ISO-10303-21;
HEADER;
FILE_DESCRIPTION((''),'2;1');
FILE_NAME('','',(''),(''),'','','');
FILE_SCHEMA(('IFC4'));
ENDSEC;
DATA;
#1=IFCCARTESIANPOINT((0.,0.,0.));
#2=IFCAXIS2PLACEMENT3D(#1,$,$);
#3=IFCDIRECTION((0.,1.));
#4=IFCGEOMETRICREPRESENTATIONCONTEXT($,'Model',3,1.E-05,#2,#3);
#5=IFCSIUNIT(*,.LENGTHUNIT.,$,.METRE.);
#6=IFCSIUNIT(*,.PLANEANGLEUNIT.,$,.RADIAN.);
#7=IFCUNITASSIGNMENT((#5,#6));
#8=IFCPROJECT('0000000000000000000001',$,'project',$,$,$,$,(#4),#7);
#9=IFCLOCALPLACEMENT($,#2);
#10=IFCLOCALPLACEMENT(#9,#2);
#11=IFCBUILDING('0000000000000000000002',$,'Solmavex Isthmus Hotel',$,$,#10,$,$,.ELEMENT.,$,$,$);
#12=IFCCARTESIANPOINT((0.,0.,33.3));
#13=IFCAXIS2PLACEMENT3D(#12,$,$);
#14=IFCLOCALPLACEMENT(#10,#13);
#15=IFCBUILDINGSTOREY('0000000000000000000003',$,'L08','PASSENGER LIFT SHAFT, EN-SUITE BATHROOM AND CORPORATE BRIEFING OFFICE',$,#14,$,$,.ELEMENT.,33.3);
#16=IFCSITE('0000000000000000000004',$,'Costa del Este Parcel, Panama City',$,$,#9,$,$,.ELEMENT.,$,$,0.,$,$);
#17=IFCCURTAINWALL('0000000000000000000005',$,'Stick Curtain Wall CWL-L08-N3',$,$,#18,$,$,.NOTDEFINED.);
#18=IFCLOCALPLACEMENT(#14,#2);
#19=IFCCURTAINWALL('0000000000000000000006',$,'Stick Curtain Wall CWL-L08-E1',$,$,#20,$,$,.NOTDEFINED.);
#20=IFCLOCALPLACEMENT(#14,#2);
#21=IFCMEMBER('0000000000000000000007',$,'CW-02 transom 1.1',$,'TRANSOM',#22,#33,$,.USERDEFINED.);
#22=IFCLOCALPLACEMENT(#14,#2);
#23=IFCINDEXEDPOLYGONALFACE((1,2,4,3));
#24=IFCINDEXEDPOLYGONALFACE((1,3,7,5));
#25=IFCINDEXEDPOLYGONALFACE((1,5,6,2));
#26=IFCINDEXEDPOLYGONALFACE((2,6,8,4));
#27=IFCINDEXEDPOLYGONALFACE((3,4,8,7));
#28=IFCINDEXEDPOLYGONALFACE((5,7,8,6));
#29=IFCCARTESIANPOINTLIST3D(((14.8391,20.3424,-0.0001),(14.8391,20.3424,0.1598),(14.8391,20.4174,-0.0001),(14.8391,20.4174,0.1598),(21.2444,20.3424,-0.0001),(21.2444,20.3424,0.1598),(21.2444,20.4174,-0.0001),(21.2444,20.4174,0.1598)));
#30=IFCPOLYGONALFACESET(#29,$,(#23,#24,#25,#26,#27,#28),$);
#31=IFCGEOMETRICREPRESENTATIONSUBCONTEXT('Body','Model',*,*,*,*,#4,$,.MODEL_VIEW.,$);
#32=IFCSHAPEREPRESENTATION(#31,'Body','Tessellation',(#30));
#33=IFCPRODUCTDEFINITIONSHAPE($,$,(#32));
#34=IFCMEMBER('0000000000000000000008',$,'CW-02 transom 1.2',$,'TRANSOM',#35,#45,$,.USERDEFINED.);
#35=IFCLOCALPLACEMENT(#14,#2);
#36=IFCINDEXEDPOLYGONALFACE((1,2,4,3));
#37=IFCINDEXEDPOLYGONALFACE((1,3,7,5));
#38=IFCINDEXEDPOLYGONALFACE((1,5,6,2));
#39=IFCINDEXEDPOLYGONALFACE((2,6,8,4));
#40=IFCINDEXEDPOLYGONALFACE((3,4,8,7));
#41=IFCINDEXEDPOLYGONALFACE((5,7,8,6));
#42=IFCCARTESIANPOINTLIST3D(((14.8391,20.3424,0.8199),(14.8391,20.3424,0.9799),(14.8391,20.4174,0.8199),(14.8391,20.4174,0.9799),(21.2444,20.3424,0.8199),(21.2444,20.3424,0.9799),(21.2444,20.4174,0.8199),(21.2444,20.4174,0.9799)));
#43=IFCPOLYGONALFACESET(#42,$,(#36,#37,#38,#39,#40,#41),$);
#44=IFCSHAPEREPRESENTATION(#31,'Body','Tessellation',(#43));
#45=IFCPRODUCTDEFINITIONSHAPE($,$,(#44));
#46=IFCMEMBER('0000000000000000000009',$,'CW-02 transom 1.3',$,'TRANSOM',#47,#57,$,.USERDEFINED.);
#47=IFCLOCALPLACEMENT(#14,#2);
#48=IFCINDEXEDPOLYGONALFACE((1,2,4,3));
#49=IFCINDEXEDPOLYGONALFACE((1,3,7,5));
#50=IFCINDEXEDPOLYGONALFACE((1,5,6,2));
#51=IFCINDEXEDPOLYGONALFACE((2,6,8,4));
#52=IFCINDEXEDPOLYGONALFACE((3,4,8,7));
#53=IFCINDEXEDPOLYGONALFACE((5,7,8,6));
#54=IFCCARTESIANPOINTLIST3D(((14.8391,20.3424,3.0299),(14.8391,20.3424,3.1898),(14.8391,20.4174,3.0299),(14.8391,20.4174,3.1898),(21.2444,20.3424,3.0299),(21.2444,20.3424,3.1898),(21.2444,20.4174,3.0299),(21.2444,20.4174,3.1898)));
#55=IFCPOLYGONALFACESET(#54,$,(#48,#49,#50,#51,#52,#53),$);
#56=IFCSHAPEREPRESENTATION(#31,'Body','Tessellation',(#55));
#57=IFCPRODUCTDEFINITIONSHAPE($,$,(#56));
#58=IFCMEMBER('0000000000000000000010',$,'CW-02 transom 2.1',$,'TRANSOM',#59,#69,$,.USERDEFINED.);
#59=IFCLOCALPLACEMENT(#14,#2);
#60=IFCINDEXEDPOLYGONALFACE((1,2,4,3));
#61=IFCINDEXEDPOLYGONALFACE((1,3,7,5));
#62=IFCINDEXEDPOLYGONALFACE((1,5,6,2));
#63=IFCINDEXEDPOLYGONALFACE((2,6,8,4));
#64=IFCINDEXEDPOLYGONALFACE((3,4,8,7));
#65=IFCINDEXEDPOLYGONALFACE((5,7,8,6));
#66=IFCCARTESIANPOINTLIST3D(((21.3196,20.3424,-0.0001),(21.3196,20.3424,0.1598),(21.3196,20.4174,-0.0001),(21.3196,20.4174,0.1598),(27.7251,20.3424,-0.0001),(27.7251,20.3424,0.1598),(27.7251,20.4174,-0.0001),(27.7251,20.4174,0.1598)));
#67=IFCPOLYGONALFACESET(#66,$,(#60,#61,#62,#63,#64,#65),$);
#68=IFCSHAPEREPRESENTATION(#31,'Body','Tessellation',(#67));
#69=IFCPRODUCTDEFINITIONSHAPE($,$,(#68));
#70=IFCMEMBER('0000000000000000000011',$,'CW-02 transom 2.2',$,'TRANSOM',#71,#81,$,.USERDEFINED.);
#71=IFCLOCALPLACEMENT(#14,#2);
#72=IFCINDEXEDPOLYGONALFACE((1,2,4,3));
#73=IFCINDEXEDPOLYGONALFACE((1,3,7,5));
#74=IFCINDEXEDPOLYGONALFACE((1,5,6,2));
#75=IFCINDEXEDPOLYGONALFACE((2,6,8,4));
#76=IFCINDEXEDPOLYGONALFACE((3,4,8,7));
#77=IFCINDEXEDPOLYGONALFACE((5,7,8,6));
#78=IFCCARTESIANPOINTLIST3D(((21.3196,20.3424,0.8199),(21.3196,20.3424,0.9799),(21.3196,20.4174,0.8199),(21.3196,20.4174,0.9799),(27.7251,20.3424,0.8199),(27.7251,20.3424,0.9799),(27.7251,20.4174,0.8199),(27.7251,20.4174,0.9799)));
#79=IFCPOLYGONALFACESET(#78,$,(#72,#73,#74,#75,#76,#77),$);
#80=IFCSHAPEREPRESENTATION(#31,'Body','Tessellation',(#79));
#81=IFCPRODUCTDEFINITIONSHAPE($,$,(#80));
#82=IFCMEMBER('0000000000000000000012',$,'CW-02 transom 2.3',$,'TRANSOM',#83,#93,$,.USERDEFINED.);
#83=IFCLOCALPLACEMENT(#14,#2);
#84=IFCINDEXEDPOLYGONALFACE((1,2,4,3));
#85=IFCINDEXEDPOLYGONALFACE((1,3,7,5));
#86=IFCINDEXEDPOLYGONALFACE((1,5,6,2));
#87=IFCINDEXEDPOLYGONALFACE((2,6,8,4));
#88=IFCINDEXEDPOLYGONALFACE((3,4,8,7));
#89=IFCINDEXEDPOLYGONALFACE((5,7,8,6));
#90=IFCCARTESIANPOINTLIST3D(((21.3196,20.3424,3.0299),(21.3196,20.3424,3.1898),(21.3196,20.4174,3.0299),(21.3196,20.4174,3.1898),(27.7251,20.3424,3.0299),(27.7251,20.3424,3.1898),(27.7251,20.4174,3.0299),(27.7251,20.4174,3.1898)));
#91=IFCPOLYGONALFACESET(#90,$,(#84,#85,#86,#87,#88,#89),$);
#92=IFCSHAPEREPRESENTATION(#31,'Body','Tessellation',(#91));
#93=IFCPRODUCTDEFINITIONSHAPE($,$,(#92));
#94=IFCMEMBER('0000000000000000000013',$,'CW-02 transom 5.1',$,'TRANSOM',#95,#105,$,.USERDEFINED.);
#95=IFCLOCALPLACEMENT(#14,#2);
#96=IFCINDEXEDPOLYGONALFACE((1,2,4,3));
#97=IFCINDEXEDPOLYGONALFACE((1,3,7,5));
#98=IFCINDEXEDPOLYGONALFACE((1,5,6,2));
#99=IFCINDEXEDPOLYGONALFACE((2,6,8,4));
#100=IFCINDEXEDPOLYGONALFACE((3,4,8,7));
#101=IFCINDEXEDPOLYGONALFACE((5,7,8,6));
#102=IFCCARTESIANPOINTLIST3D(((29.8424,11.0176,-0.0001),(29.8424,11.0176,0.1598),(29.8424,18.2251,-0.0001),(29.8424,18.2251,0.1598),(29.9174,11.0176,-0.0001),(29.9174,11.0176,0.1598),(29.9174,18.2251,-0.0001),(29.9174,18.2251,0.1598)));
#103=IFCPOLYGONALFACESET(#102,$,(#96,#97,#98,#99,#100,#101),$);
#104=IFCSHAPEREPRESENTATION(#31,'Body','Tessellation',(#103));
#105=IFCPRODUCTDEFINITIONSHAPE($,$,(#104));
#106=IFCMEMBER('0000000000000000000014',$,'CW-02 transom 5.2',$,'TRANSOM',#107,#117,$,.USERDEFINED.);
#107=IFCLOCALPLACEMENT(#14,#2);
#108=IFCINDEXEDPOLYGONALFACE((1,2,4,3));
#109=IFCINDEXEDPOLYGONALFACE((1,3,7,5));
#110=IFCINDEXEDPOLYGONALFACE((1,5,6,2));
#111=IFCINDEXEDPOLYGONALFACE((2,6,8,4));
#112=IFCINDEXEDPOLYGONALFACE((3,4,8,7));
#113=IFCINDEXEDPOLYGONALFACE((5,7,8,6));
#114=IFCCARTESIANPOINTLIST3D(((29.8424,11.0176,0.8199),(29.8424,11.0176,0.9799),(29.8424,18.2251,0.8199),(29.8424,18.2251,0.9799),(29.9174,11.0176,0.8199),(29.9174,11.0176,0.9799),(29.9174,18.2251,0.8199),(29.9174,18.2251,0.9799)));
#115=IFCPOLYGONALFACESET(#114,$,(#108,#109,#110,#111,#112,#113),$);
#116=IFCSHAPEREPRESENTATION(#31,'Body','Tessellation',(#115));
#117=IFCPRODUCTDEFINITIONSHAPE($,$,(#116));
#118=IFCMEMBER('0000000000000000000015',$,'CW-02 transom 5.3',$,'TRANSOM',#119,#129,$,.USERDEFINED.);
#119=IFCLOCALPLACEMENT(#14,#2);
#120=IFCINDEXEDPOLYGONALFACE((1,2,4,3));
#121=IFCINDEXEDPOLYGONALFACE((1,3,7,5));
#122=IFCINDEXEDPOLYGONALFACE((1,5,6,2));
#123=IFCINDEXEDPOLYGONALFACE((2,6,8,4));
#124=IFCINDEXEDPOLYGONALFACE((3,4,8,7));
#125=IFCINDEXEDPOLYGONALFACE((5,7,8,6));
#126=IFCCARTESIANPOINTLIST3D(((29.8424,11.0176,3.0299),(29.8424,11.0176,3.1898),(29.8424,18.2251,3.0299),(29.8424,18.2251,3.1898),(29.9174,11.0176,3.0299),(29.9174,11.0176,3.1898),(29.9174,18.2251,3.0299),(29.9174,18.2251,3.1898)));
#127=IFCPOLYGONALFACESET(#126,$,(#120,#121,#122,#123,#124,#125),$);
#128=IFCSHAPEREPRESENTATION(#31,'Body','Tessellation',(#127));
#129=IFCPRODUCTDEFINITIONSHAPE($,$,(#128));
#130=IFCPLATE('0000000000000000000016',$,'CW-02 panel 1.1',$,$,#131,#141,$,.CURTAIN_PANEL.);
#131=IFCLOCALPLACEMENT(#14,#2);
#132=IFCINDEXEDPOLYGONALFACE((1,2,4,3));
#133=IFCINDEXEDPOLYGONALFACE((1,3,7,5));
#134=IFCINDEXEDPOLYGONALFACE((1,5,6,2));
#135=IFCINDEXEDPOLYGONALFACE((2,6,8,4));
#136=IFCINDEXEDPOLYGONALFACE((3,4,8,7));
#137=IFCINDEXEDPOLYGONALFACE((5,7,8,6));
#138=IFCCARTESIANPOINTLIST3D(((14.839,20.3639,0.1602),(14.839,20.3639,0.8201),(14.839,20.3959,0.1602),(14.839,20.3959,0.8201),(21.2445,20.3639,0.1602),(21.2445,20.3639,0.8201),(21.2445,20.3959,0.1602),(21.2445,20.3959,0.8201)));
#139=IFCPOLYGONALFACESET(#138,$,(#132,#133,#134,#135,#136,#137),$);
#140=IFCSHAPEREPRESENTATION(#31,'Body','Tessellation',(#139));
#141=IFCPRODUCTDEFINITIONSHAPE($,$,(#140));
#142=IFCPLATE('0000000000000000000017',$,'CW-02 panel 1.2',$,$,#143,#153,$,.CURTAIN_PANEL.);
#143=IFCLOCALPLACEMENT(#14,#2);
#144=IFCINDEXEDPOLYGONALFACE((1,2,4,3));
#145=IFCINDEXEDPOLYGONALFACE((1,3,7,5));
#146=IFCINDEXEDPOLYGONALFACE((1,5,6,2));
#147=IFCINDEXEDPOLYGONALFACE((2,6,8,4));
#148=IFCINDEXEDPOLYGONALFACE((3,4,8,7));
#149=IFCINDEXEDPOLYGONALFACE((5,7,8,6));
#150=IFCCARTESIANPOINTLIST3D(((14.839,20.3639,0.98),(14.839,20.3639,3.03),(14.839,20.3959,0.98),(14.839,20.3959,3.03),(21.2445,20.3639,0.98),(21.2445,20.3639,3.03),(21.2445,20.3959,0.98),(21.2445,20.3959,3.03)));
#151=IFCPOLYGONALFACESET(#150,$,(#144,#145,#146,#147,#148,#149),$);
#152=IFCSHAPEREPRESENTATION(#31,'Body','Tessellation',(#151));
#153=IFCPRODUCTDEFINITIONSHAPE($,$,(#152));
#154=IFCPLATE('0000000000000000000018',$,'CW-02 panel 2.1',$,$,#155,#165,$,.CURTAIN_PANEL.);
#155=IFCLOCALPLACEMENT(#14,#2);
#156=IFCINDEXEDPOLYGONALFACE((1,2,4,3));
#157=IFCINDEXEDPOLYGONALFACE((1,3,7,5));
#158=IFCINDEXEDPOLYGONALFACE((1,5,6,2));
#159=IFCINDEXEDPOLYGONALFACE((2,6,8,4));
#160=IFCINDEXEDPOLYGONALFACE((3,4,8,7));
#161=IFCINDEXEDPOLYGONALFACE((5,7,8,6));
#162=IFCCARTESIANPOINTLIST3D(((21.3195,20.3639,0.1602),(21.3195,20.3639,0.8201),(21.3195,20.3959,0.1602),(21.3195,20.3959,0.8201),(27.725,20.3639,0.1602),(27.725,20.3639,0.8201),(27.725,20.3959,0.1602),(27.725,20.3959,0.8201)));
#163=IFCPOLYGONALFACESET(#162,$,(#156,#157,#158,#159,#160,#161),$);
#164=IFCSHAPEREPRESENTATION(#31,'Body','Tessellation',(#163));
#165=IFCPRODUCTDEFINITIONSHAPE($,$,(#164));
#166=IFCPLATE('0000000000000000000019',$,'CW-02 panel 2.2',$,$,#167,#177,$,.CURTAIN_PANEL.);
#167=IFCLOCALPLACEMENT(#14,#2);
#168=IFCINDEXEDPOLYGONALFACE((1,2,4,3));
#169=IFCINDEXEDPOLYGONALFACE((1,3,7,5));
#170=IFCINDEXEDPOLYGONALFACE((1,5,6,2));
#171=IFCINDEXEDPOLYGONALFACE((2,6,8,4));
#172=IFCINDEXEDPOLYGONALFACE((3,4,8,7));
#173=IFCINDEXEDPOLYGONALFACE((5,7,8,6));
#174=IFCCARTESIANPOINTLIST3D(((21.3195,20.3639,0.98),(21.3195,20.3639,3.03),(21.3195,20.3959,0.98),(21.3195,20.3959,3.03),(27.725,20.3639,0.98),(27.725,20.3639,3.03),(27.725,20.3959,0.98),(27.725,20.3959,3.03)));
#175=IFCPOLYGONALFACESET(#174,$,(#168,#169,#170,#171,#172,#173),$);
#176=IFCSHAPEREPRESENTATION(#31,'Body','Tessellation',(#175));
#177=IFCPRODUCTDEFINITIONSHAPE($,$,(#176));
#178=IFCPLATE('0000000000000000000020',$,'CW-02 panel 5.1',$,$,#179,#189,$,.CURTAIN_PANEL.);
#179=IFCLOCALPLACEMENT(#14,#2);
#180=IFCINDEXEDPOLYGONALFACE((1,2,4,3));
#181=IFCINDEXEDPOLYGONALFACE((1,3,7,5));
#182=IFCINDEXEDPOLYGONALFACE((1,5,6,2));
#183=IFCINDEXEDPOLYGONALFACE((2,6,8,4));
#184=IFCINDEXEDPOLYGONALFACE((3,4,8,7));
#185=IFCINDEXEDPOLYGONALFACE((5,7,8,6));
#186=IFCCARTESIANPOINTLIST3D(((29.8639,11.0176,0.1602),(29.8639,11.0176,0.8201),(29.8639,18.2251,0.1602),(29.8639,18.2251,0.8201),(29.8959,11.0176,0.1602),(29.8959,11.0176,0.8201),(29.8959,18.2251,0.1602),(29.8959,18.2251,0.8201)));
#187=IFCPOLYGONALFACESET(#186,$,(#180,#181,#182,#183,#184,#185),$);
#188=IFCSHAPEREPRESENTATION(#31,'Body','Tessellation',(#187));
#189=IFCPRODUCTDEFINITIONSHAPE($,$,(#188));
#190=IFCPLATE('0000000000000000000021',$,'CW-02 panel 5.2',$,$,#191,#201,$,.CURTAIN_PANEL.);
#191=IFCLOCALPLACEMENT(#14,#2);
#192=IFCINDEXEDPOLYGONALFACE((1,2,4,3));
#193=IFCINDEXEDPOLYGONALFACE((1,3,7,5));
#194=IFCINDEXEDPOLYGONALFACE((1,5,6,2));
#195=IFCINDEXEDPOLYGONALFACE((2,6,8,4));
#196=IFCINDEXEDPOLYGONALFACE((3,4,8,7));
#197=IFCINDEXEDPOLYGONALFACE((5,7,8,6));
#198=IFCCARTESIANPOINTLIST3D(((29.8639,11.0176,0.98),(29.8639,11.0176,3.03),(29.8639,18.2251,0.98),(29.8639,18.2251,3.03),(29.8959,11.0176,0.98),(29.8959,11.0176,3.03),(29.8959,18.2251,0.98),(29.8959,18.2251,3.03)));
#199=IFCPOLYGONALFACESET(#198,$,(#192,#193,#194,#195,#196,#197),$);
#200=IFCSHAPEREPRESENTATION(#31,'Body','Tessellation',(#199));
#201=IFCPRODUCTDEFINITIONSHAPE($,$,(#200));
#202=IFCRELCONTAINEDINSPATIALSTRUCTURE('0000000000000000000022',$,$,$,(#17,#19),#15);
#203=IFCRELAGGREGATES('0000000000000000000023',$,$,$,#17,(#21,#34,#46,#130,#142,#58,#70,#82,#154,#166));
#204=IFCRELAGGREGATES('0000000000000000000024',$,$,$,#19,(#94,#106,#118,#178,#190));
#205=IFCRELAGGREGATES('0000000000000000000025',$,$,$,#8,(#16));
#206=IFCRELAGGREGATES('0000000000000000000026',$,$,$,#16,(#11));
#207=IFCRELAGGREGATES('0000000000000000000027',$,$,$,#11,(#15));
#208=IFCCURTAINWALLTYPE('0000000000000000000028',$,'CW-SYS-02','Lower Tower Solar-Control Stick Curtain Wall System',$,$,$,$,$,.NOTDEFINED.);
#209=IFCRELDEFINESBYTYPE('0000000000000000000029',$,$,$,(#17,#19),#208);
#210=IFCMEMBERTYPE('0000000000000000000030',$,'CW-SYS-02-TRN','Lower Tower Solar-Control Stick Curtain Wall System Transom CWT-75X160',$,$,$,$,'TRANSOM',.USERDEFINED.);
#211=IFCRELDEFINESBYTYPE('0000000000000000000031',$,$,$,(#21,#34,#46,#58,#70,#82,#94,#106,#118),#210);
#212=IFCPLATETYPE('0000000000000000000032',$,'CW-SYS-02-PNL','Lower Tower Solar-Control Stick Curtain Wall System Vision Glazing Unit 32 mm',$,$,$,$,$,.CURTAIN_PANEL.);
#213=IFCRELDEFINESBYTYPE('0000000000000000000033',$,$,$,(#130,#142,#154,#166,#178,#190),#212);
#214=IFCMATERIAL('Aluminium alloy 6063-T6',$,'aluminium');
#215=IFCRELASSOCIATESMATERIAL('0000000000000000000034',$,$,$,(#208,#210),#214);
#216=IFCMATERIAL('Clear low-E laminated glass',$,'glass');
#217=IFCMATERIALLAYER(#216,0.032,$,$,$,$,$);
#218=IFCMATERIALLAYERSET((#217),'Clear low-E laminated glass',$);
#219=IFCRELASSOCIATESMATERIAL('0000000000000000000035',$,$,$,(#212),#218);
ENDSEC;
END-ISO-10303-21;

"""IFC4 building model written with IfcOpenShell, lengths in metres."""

from ifc_helpers import new_model, si_unit, direction, frame, origin, origin_2d, place, context, subcontext, project, spatial, rectangle, extrude, material, layer, layer_set, material_profile, profile_set, type_object, element, aggregate, save


model = new_model("IFC4")

# Units and contexts
model_context = context("Model", 3, precision=1e-05, world=origin(), true_north=direction((0.0, 1.0)))
body_context = subcontext(model_context, "Body", "Model", "MODEL_VIEW")
ifc_project = project(units=[si_unit("LENGTHUNIT", "METRE"), si_unit("PLANEANGLEUNIT", "RADIAN")], contexts=[model_context])

# Site, building, storey
site_placement = place(None, origin())
site = spatial("IfcSite", under=ifc_project, at=site_placement, Name="Costa del Este Parcel, Panama City", CompositionType="ELEMENT", RefElevation=0.0)
building_placement = place(site_placement, origin())
building = spatial("IfcBuilding", under=site, at=building_placement, Name="Solmavex Isthmus Hotel", CompositionType="ELEMENT")
storey_placement = place(building_placement, frame((0.0, 0.0, 33.3)))
storey = spatial("IfcBuildingStorey", under=building, at=storey_placement, Name="L08", Description="PASSENGER LIFT SHAFT, EN-SUITE BATHROOM AND CORPORATE BRIEFING OFFICE", CompositionType="ELEMENT", Elevation=33.3)

# Curtain wall
ifc_material_1 = material(Name="Aluminium alloy 6063-T6", Category="aluminium")
curtain_wall_type = type_object("IfcCurtainWallType", Name="CW-SYS-02", Description="Lower Tower Solar-Control Stick Curtain Wall System", PredefinedType="NOTDEFINED", material=ifc_material_1)
curtain_wall_1_placement = place(storey_placement, origin())
curtain_wall_1 = element("IfcCurtainWall", 1, at=curtain_wall_1_placement, inside=storey, type_object=curtain_wall_type, Name="Stick Curtain Wall CWL-L08-N3", PredefinedType="NOTDEFINED")

# Curtain wall
curtain_wall_2_placement = place(storey_placement, origin())
curtain_wall_2 = element("IfcCurtainWall", 2, at=curtain_wall_2_placement, inside=storey, type_object=curtain_wall_type, Name="Stick Curtain Wall CWL-L08-E1", PredefinedType="NOTDEFINED")

# Members
ifc_material_profile_1 = material_profile(ifc_material_1, rectangle(XDim=0.075, YDim=0.1599, at=origin_2d()), Name="CWT-75X160")
ifc_profile_set_1 = profile_set([ifc_material_profile_1], Name="Aluminium alloy 6063-T6")
member_type_1 = type_object("IfcMemberType", Name="CW-SYS-02-TRN", Description="Lower Tower Solar-Control Stick Curtain Wall System Transom CWT-75X160", ElementType="TRANSOM", PredefinedType="USERDEFINED", material=ifc_profile_set_1)
member_1_placement = place(storey_placement, frame((14.8391, 20.3799, 0.0798), z_axis=(1.0, 0.0, 0.0), x_axis=(0.0, 1.0, 0.0)))
member_1 = element("IfcMember", 3, at=member_1_placement, type_object=member_type_1, Name="CW-02 transom 1.1", ObjectType="TRANSOM", PredefinedType="USERDEFINED", context=body_context, shape_type="SweptSolid", body=[
    extrude(rectangle(XDim=0.075, YDim=0.1599, at=origin_2d()), origin(), (0.0, 0.0, 1.0), 6.4053),
])
member_2_placement = place(storey_placement, frame((14.8391, 20.3799, 0.8999), z_axis=(1.0, 0.0, 0.0), x_axis=(0.0, 1.0, 0.0)))
member_2 = element("IfcMember", 4, at=member_2_placement, type_object=member_type_1, Name="CW-02 transom 1.2", ObjectType="TRANSOM", PredefinedType="USERDEFINED", context=body_context, shape_type="SweptSolid", body=[
    extrude(rectangle(XDim=0.075, YDim=0.1599, at=origin_2d()), origin(), (0.0, 0.0, 1.0), 6.4053),
])
member_3_placement = place(storey_placement, frame((14.8391, 20.3799, 3.1099), z_axis=(1.0, 0.0, 0.0), x_axis=(0.0, 1.0, 0.0)))
member_3 = element("IfcMember", 5, at=member_3_placement, type_object=member_type_1, Name="CW-02 transom 1.3", ObjectType="TRANSOM", PredefinedType="USERDEFINED", context=body_context, shape_type="SweptSolid", body=[
    extrude(rectangle(XDim=0.075, YDim=0.1599, at=origin_2d()), origin(), (0.0, 0.0, 1.0), 6.4053),
])
member_4_placement = place(storey_placement, frame((21.3196, 20.3799, 0.0798), z_axis=(1.0, 0.0, 0.0), x_axis=(0.0, 1.0, 0.0)))
member_4 = element("IfcMember", 6, at=member_4_placement, type_object=member_type_1, Name="CW-02 transom 2.1", ObjectType="TRANSOM", PredefinedType="USERDEFINED", context=body_context, shape_type="SweptSolid", body=[
    extrude(rectangle(XDim=0.075, YDim=0.1599, at=origin_2d()), origin(), (0.0, 0.0, 1.0), 6.4055),
])
member_5_placement = place(storey_placement, frame((21.3196, 20.3799, 0.8999), z_axis=(1.0, 0.0, 0.0), x_axis=(0.0, 1.0, 0.0)))
member_5 = element("IfcMember", 7, at=member_5_placement, type_object=member_type_1, Name="CW-02 transom 2.2", ObjectType="TRANSOM", PredefinedType="USERDEFINED", context=body_context, shape_type="SweptSolid", body=[
    extrude(rectangle(XDim=0.075, YDim=0.1599, at=origin_2d()), origin(), (0.0, 0.0, 1.0), 6.4055),
])
member_6_placement = place(storey_placement, frame((21.3196, 20.3799, 3.1099), z_axis=(1.0, 0.0, 0.0), x_axis=(0.0, 1.0, 0.0)))
member_6 = element("IfcMember", 8, at=member_6_placement, type_object=member_type_1, Name="CW-02 transom 2.3", ObjectType="TRANSOM", PredefinedType="USERDEFINED", context=body_context, shape_type="SweptSolid", body=[
    extrude(rectangle(XDim=0.075, YDim=0.1599, at=origin_2d()), origin(), (0.0, 0.0, 1.0), 6.4055),
])
member_7_placement = place(storey_placement, frame((29.8799, 11.0176, 0.0798), z_axis=(0.0, 1.0, 0.0), x_axis=(-1.0, 0.0, 0.0)))
member_7 = element("IfcMember", 9, at=member_7_placement, type_object=member_type_1, Name="CW-02 transom 5.1", ObjectType="TRANSOM", PredefinedType="USERDEFINED", context=body_context, shape_type="SweptSolid", body=[
    extrude(rectangle(XDim=0.075, YDim=0.1599, at=origin_2d()), origin(), (0.0, 0.0, 1.0), 7.2075),
])
member_8_placement = place(storey_placement, frame((29.8799, 11.0176, 0.8999), z_axis=(0.0, 1.0, 0.0), x_axis=(-1.0, 0.0, 0.0)))
member_8 = element("IfcMember", 10, at=member_8_placement, type_object=member_type_1, Name="CW-02 transom 5.2", ObjectType="TRANSOM", PredefinedType="USERDEFINED", context=body_context, shape_type="SweptSolid", body=[
    extrude(rectangle(XDim=0.075, YDim=0.1599, at=origin_2d()), origin(), (0.0, 0.0, 1.0), 7.2075),
])
member_9_placement = place(storey_placement, frame((29.8799, 11.0176, 3.1099), z_axis=(0.0, 1.0, 0.0), x_axis=(-1.0, 0.0, 0.0)))
member_9 = element("IfcMember", 11, at=member_9_placement, type_object=member_type_1, Name="CW-02 transom 5.3", ObjectType="TRANSOM", PredefinedType="USERDEFINED", context=body_context, shape_type="SweptSolid", body=[
    extrude(rectangle(XDim=0.075, YDim=0.1599, at=origin_2d()), origin(), (0.0, 0.0, 1.0), 7.2075),
])

# Plates
ifc_material_2 = material(Name="Clear low-E laminated glass", Category="glass")
ifc_layer_1 = layer(ifc_material_2, 0.032)
ifc_layer_set_1 = layer_set([ifc_layer_1], Name="Clear low-E laminated glass")
plate_type = type_object("IfcPlateType", Name="CW-SYS-02-PNL", Description="Lower Tower Solar-Control Stick Curtain Wall System Vision Glazing Unit 32 mm", PredefinedType="CURTAIN_PANEL", material=ifc_layer_set_1)
plate_1_placement = place(storey_placement, frame((18.0417, 20.3799, 0.1602), z_axis=(0.0, 0.0, 1.0), x_axis=(1.0, 0.0, 0.0)))
plate_1 = element("IfcPlate", 12, at=plate_1_placement, type_object=plate_type, Name="CW-02 panel 1.1", PredefinedType="CURTAIN_PANEL", context=body_context, shape_type="SweptSolid", body=[
    extrude(rectangle(XDim=6.4055, YDim=0.032, at=origin_2d()), origin(), (0.0, 0.0, 1.0), 0.6599),
])
plate_2_placement = place(storey_placement, frame((18.0417, 20.3799, 0.98), z_axis=(0.0, 0.0, 1.0), x_axis=(1.0, 0.0, 0.0)))
plate_2 = element("IfcPlate", 13, at=plate_2_placement, type_object=plate_type, Name="CW-02 panel 1.2", PredefinedType="CURTAIN_PANEL", context=body_context, shape_type="SweptSolid", body=[
    extrude(rectangle(XDim=6.4055, YDim=0.032, at=origin_2d()), origin(), (0.0, 0.0, 1.0), 2.05),
])
plate_3_placement = place(storey_placement, frame((24.5222, 20.3799, 0.1602), z_axis=(0.0, 0.0, 1.0), x_axis=(1.0, 0.0, 0.0)))
plate_3 = element("IfcPlate", 14, at=plate_3_placement, type_object=plate_type, Name="CW-02 panel 2.1", PredefinedType="CURTAIN_PANEL", context=body_context, shape_type="SweptSolid", body=[
    extrude(rectangle(XDim=6.4055, YDim=0.032, at=origin_2d()), origin(), (0.0, 0.0, 1.0), 0.6599),
])
plate_4_placement = place(storey_placement, frame((24.5222, 20.3799, 0.98), z_axis=(0.0, 0.0, 1.0), x_axis=(1.0, 0.0, 0.0)))
plate_4 = element("IfcPlate", 15, at=plate_4_placement, type_object=plate_type, Name="CW-02 panel 2.2", PredefinedType="CURTAIN_PANEL", context=body_context, shape_type="SweptSolid", body=[
    extrude(rectangle(XDim=6.4055, YDim=0.032, at=origin_2d()), origin(), (0.0, 0.0, 1.0), 2.05),
])
aggregate(curtain_wall_1, [member_1, member_2, member_3, plate_1, plate_2, member_4, member_5, member_6, plate_3, plate_4])
plate_5_placement = place(storey_placement, frame((29.8799, 14.6213, 0.1602), z_axis=(0.0, 0.0, 1.0), x_axis=(0.0, 1.0, 0.0)))
plate_5 = element("IfcPlate", 16, at=plate_5_placement, type_object=plate_type, Name="CW-02 panel 5.1", PredefinedType="CURTAIN_PANEL", context=body_context, shape_type="SweptSolid", body=[
    extrude(rectangle(XDim=7.2075, YDim=0.032, at=origin_2d()), origin(), (0.0, 0.0, 1.0), 0.6599),
])
plate_6_placement = place(storey_placement, frame((29.8799, 14.6213, 0.98), z_axis=(0.0, 0.0, 1.0), x_axis=(0.0, 1.0, 0.0)))
plate_6 = element("IfcPlate", 17, at=plate_6_placement, type_object=plate_type, Name="CW-02 panel 5.2", PredefinedType="CURTAIN_PANEL", context=body_context, shape_type="SweptSolid", body=[
    extrude(rectangle(XDim=7.2075, YDim=0.032, at=origin_2d()), origin(), (0.0, 0.0, 1.0), 2.05),
])
aggregate(curtain_wall_2, [member_7, member_8, member_9, plate_5, plate_6])

save(model, "model.ifc")
